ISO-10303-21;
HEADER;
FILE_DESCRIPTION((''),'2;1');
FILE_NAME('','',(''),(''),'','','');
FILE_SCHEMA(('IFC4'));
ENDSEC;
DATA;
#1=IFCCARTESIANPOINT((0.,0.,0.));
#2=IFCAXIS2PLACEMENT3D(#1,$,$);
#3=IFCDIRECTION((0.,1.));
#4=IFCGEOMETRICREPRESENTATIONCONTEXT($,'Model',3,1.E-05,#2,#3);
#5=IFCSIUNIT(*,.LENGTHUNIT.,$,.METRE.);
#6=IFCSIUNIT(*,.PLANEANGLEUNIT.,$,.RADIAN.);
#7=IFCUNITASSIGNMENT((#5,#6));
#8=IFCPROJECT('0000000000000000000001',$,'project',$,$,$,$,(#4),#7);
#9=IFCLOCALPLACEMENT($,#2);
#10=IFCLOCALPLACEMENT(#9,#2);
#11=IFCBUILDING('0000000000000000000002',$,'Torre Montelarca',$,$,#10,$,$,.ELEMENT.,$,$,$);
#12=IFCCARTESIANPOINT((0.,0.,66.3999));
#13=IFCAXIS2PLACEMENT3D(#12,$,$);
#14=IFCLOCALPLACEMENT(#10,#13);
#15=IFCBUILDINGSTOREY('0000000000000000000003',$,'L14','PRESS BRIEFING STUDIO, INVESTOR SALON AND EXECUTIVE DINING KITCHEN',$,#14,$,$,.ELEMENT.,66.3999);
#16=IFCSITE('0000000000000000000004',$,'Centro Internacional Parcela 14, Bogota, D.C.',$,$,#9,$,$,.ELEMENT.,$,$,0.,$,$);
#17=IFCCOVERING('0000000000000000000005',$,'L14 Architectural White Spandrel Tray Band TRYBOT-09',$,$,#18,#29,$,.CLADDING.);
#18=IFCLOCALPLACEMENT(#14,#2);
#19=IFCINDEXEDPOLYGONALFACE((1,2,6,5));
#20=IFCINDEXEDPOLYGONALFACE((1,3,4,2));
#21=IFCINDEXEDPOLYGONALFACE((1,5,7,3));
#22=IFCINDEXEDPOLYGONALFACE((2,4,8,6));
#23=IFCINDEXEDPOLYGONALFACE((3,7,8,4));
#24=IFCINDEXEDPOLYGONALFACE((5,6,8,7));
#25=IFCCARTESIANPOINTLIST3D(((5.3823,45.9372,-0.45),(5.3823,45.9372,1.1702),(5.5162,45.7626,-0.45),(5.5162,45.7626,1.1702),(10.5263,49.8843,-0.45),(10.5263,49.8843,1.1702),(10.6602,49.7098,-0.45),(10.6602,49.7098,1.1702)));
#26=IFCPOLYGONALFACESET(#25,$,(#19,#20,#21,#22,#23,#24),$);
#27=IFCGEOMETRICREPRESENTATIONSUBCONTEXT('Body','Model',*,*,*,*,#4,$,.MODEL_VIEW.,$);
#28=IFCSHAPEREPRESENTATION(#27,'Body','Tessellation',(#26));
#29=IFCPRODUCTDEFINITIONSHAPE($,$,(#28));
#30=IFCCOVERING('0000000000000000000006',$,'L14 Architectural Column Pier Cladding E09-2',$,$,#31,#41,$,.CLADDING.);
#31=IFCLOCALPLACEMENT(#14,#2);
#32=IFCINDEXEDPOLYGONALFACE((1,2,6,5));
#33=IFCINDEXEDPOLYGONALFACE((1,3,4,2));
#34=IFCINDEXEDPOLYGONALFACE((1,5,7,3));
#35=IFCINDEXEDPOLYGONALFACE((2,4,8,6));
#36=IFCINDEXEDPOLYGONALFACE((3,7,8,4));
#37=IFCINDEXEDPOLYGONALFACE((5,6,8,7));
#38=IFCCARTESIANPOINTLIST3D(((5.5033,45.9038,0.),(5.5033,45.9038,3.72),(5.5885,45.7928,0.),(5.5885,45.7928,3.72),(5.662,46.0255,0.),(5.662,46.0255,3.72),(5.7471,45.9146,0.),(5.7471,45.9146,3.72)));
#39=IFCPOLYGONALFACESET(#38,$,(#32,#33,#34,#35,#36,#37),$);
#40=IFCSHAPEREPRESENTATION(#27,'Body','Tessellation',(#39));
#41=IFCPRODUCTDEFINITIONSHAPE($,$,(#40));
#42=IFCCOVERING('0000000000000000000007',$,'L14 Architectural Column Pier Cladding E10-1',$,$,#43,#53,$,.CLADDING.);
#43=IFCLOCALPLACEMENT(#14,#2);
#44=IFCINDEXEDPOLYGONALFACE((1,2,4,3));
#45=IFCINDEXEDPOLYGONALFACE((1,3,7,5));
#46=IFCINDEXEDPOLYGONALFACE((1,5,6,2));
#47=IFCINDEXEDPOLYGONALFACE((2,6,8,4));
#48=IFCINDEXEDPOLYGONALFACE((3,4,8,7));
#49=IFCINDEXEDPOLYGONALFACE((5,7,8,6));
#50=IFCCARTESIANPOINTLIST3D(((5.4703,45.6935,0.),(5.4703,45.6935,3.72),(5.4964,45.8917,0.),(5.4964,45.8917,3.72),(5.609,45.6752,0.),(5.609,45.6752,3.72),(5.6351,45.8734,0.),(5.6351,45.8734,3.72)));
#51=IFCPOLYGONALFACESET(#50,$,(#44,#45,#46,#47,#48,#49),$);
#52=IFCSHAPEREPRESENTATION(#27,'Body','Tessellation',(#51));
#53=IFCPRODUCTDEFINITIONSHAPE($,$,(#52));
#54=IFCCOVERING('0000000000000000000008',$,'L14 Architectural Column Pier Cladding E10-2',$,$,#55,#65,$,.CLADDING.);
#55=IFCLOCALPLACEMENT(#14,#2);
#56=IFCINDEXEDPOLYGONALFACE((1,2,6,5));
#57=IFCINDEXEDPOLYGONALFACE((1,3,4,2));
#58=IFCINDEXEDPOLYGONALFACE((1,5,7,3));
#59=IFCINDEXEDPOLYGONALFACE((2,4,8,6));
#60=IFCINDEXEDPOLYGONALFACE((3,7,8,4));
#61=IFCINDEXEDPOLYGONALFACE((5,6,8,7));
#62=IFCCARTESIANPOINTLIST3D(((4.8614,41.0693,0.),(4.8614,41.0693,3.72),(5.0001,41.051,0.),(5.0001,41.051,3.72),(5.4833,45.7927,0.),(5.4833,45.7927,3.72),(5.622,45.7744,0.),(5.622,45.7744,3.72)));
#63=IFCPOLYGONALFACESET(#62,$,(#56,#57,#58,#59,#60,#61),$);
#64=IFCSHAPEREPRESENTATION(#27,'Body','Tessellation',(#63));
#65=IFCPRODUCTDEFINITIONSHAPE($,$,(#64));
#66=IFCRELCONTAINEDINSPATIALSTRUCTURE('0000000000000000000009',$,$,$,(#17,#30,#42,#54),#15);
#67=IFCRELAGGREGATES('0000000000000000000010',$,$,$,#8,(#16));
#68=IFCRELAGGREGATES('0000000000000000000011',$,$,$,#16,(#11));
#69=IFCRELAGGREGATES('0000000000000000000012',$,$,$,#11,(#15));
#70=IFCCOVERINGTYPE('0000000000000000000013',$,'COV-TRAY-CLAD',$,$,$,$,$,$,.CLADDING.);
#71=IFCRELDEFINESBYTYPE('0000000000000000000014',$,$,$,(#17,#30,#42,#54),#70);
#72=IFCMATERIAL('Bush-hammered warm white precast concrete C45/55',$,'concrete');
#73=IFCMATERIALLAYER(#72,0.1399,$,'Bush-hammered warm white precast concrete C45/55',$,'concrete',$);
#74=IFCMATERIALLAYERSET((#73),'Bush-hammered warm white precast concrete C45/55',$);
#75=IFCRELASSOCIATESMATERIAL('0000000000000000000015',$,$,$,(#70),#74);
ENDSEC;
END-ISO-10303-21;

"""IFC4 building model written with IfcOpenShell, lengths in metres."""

from ifc_helpers import new_model, si_unit, direction, frame, origin, origin_2d, place, context, subcontext, project, spatial, rectangle, extrude, source, transform, mapped, material, layer, layer_set, type_object, element, save


model = new_model("IFC4")

# Units and contexts
model_context = context("Model", 3, precision=1e-05, world=origin(), true_north=direction((0.0, 1.0)))
body_context = subcontext(model_context, "Body", "Model", "MODEL_VIEW")
ifc_project = project(units=[si_unit("LENGTHUNIT", "METRE"), si_unit("PLANEANGLEUNIT", "RADIAN")], contexts=[model_context])

# Site, building, storey
site_placement = place(None, origin())
site = spatial("IfcSite", under=ifc_project, at=site_placement, Name="Centro Internacional Parcela 14, Bogota, D.C.", CompositionType="ELEMENT", RefElevation=0.0)
building_placement = place(site_placement, origin())
building = spatial("IfcBuilding", under=site, at=building_placement, Name="Torre Montelarca", CompositionType="ELEMENT")
storey_placement = place(building_placement, frame((0.0, 0.0, 66.3999)))
storey = spatial("IfcBuildingStorey", under=building, at=storey_placement, Name="L14", Description="PRESS BRIEFING STUDIO, INVESTOR SALON AND EXECUTIVE DINING KITCHEN", CompositionType="ELEMENT", Elevation=66.3999)

# Coverings
ifc_material_1 = material(Name="Bush-hammered warm white precast concrete C45/55", Category="concrete")
ifc_layer_1 = layer(ifc_material_1, 0.1399, Name="Bush-hammered warm white precast concrete C45/55", Category="concrete")
ifc_layer_set_1 = layer_set([ifc_layer_1], Name="Bush-hammered warm white precast concrete C45/55")
covering_type = type_object("IfcCoveringType", Name="COV-TRAY-CLAD", PredefinedType="CLADDING", material=ifc_layer_set_1)
shared_shape_1 = source(origin(), body_context, "Body", "SweptSolid", [
    extrude(rectangle(XDim=6.4839, YDim=0.22, at=origin_2d()), origin(), (0.0, 0.0, 1.0), 1.6201),
])
covering_1_placement = place(storey_placement, frame((8.0212, 47.8235, -0.45), z_axis=(0.0, 0.0, 1.0), x_axis=(-0.79335, -0.608766, 0.0)))
element("IfcCovering", 1, at=covering_1_placement, inside=storey, type_object=covering_type, Name="L14 Architectural White Spandrel Tray Band TRYBOT-09", PredefinedType="CLADDING", context=body_context, shape_type="MappedRepresentation", body=[
    mapped(shared_shape_1, transform((0.0, 0.0, 0.0), scale=1.0)),
])
shared_shape_2 = source(origin(), body_context, "Body", "SweptSolid", [
    extrude(rectangle(XDim=0.2, YDim=0.1399, at=origin_2d()), origin(), (0.0, 0.0, 1.0), 3.72),
])
for number, where, z_axis, x_axis, name in (
    (2, (5.6252, 45.9092, 0.0), (0.0, 0.0, 1.0), (-0.793344, -0.608774, 0.0), "L14 Architectural Column Pier Cladding E09-2"),
    (3, (5.5527, 45.7834, 0.0), (0.0, 0.0, 1.0), (-0.130528, -0.991445, 0.0), "L14 Architectural Column Pier Cladding E10-1"),
):
    element("IfcCovering", number, at=place(storey_placement, frame(where, z_axis=z_axis, x_axis=x_axis)), inside=storey, type_object=covering_type, Name=name, PredefinedType="CLADDING", context=body_context, shape_type="MappedRepresentation", body=[
        mapped(shared_shape_2, transform((0.0, 0.0, 0.0), scale=1.0)),
    ])
shared_shape_3 = source(origin(), body_context, "Body", "SweptSolid", [
    extrude(rectangle(XDim=4.7642, YDim=0.1399, at=origin_2d()), origin(), (0.0, 0.0, 1.0), 3.72),
])
covering_2_placement = place(storey_placement, frame((5.2417, 43.4219, 0.0), z_axis=(0.0, 0.0, 1.0), x_axis=(-0.130528, -0.991445, 0.0)))
element("IfcCovering", 4, at=covering_2_placement, inside=storey, type_object=covering_type, Name="L14 Architectural Column Pier Cladding E10-2", PredefinedType="CLADDING", context=body_context, shape_type="MappedRepresentation", body=[
    mapped(shared_shape_3, transform((0.0, 0.0, 0.0), scale=1.0)),
])

save(model, "model.ifc")
